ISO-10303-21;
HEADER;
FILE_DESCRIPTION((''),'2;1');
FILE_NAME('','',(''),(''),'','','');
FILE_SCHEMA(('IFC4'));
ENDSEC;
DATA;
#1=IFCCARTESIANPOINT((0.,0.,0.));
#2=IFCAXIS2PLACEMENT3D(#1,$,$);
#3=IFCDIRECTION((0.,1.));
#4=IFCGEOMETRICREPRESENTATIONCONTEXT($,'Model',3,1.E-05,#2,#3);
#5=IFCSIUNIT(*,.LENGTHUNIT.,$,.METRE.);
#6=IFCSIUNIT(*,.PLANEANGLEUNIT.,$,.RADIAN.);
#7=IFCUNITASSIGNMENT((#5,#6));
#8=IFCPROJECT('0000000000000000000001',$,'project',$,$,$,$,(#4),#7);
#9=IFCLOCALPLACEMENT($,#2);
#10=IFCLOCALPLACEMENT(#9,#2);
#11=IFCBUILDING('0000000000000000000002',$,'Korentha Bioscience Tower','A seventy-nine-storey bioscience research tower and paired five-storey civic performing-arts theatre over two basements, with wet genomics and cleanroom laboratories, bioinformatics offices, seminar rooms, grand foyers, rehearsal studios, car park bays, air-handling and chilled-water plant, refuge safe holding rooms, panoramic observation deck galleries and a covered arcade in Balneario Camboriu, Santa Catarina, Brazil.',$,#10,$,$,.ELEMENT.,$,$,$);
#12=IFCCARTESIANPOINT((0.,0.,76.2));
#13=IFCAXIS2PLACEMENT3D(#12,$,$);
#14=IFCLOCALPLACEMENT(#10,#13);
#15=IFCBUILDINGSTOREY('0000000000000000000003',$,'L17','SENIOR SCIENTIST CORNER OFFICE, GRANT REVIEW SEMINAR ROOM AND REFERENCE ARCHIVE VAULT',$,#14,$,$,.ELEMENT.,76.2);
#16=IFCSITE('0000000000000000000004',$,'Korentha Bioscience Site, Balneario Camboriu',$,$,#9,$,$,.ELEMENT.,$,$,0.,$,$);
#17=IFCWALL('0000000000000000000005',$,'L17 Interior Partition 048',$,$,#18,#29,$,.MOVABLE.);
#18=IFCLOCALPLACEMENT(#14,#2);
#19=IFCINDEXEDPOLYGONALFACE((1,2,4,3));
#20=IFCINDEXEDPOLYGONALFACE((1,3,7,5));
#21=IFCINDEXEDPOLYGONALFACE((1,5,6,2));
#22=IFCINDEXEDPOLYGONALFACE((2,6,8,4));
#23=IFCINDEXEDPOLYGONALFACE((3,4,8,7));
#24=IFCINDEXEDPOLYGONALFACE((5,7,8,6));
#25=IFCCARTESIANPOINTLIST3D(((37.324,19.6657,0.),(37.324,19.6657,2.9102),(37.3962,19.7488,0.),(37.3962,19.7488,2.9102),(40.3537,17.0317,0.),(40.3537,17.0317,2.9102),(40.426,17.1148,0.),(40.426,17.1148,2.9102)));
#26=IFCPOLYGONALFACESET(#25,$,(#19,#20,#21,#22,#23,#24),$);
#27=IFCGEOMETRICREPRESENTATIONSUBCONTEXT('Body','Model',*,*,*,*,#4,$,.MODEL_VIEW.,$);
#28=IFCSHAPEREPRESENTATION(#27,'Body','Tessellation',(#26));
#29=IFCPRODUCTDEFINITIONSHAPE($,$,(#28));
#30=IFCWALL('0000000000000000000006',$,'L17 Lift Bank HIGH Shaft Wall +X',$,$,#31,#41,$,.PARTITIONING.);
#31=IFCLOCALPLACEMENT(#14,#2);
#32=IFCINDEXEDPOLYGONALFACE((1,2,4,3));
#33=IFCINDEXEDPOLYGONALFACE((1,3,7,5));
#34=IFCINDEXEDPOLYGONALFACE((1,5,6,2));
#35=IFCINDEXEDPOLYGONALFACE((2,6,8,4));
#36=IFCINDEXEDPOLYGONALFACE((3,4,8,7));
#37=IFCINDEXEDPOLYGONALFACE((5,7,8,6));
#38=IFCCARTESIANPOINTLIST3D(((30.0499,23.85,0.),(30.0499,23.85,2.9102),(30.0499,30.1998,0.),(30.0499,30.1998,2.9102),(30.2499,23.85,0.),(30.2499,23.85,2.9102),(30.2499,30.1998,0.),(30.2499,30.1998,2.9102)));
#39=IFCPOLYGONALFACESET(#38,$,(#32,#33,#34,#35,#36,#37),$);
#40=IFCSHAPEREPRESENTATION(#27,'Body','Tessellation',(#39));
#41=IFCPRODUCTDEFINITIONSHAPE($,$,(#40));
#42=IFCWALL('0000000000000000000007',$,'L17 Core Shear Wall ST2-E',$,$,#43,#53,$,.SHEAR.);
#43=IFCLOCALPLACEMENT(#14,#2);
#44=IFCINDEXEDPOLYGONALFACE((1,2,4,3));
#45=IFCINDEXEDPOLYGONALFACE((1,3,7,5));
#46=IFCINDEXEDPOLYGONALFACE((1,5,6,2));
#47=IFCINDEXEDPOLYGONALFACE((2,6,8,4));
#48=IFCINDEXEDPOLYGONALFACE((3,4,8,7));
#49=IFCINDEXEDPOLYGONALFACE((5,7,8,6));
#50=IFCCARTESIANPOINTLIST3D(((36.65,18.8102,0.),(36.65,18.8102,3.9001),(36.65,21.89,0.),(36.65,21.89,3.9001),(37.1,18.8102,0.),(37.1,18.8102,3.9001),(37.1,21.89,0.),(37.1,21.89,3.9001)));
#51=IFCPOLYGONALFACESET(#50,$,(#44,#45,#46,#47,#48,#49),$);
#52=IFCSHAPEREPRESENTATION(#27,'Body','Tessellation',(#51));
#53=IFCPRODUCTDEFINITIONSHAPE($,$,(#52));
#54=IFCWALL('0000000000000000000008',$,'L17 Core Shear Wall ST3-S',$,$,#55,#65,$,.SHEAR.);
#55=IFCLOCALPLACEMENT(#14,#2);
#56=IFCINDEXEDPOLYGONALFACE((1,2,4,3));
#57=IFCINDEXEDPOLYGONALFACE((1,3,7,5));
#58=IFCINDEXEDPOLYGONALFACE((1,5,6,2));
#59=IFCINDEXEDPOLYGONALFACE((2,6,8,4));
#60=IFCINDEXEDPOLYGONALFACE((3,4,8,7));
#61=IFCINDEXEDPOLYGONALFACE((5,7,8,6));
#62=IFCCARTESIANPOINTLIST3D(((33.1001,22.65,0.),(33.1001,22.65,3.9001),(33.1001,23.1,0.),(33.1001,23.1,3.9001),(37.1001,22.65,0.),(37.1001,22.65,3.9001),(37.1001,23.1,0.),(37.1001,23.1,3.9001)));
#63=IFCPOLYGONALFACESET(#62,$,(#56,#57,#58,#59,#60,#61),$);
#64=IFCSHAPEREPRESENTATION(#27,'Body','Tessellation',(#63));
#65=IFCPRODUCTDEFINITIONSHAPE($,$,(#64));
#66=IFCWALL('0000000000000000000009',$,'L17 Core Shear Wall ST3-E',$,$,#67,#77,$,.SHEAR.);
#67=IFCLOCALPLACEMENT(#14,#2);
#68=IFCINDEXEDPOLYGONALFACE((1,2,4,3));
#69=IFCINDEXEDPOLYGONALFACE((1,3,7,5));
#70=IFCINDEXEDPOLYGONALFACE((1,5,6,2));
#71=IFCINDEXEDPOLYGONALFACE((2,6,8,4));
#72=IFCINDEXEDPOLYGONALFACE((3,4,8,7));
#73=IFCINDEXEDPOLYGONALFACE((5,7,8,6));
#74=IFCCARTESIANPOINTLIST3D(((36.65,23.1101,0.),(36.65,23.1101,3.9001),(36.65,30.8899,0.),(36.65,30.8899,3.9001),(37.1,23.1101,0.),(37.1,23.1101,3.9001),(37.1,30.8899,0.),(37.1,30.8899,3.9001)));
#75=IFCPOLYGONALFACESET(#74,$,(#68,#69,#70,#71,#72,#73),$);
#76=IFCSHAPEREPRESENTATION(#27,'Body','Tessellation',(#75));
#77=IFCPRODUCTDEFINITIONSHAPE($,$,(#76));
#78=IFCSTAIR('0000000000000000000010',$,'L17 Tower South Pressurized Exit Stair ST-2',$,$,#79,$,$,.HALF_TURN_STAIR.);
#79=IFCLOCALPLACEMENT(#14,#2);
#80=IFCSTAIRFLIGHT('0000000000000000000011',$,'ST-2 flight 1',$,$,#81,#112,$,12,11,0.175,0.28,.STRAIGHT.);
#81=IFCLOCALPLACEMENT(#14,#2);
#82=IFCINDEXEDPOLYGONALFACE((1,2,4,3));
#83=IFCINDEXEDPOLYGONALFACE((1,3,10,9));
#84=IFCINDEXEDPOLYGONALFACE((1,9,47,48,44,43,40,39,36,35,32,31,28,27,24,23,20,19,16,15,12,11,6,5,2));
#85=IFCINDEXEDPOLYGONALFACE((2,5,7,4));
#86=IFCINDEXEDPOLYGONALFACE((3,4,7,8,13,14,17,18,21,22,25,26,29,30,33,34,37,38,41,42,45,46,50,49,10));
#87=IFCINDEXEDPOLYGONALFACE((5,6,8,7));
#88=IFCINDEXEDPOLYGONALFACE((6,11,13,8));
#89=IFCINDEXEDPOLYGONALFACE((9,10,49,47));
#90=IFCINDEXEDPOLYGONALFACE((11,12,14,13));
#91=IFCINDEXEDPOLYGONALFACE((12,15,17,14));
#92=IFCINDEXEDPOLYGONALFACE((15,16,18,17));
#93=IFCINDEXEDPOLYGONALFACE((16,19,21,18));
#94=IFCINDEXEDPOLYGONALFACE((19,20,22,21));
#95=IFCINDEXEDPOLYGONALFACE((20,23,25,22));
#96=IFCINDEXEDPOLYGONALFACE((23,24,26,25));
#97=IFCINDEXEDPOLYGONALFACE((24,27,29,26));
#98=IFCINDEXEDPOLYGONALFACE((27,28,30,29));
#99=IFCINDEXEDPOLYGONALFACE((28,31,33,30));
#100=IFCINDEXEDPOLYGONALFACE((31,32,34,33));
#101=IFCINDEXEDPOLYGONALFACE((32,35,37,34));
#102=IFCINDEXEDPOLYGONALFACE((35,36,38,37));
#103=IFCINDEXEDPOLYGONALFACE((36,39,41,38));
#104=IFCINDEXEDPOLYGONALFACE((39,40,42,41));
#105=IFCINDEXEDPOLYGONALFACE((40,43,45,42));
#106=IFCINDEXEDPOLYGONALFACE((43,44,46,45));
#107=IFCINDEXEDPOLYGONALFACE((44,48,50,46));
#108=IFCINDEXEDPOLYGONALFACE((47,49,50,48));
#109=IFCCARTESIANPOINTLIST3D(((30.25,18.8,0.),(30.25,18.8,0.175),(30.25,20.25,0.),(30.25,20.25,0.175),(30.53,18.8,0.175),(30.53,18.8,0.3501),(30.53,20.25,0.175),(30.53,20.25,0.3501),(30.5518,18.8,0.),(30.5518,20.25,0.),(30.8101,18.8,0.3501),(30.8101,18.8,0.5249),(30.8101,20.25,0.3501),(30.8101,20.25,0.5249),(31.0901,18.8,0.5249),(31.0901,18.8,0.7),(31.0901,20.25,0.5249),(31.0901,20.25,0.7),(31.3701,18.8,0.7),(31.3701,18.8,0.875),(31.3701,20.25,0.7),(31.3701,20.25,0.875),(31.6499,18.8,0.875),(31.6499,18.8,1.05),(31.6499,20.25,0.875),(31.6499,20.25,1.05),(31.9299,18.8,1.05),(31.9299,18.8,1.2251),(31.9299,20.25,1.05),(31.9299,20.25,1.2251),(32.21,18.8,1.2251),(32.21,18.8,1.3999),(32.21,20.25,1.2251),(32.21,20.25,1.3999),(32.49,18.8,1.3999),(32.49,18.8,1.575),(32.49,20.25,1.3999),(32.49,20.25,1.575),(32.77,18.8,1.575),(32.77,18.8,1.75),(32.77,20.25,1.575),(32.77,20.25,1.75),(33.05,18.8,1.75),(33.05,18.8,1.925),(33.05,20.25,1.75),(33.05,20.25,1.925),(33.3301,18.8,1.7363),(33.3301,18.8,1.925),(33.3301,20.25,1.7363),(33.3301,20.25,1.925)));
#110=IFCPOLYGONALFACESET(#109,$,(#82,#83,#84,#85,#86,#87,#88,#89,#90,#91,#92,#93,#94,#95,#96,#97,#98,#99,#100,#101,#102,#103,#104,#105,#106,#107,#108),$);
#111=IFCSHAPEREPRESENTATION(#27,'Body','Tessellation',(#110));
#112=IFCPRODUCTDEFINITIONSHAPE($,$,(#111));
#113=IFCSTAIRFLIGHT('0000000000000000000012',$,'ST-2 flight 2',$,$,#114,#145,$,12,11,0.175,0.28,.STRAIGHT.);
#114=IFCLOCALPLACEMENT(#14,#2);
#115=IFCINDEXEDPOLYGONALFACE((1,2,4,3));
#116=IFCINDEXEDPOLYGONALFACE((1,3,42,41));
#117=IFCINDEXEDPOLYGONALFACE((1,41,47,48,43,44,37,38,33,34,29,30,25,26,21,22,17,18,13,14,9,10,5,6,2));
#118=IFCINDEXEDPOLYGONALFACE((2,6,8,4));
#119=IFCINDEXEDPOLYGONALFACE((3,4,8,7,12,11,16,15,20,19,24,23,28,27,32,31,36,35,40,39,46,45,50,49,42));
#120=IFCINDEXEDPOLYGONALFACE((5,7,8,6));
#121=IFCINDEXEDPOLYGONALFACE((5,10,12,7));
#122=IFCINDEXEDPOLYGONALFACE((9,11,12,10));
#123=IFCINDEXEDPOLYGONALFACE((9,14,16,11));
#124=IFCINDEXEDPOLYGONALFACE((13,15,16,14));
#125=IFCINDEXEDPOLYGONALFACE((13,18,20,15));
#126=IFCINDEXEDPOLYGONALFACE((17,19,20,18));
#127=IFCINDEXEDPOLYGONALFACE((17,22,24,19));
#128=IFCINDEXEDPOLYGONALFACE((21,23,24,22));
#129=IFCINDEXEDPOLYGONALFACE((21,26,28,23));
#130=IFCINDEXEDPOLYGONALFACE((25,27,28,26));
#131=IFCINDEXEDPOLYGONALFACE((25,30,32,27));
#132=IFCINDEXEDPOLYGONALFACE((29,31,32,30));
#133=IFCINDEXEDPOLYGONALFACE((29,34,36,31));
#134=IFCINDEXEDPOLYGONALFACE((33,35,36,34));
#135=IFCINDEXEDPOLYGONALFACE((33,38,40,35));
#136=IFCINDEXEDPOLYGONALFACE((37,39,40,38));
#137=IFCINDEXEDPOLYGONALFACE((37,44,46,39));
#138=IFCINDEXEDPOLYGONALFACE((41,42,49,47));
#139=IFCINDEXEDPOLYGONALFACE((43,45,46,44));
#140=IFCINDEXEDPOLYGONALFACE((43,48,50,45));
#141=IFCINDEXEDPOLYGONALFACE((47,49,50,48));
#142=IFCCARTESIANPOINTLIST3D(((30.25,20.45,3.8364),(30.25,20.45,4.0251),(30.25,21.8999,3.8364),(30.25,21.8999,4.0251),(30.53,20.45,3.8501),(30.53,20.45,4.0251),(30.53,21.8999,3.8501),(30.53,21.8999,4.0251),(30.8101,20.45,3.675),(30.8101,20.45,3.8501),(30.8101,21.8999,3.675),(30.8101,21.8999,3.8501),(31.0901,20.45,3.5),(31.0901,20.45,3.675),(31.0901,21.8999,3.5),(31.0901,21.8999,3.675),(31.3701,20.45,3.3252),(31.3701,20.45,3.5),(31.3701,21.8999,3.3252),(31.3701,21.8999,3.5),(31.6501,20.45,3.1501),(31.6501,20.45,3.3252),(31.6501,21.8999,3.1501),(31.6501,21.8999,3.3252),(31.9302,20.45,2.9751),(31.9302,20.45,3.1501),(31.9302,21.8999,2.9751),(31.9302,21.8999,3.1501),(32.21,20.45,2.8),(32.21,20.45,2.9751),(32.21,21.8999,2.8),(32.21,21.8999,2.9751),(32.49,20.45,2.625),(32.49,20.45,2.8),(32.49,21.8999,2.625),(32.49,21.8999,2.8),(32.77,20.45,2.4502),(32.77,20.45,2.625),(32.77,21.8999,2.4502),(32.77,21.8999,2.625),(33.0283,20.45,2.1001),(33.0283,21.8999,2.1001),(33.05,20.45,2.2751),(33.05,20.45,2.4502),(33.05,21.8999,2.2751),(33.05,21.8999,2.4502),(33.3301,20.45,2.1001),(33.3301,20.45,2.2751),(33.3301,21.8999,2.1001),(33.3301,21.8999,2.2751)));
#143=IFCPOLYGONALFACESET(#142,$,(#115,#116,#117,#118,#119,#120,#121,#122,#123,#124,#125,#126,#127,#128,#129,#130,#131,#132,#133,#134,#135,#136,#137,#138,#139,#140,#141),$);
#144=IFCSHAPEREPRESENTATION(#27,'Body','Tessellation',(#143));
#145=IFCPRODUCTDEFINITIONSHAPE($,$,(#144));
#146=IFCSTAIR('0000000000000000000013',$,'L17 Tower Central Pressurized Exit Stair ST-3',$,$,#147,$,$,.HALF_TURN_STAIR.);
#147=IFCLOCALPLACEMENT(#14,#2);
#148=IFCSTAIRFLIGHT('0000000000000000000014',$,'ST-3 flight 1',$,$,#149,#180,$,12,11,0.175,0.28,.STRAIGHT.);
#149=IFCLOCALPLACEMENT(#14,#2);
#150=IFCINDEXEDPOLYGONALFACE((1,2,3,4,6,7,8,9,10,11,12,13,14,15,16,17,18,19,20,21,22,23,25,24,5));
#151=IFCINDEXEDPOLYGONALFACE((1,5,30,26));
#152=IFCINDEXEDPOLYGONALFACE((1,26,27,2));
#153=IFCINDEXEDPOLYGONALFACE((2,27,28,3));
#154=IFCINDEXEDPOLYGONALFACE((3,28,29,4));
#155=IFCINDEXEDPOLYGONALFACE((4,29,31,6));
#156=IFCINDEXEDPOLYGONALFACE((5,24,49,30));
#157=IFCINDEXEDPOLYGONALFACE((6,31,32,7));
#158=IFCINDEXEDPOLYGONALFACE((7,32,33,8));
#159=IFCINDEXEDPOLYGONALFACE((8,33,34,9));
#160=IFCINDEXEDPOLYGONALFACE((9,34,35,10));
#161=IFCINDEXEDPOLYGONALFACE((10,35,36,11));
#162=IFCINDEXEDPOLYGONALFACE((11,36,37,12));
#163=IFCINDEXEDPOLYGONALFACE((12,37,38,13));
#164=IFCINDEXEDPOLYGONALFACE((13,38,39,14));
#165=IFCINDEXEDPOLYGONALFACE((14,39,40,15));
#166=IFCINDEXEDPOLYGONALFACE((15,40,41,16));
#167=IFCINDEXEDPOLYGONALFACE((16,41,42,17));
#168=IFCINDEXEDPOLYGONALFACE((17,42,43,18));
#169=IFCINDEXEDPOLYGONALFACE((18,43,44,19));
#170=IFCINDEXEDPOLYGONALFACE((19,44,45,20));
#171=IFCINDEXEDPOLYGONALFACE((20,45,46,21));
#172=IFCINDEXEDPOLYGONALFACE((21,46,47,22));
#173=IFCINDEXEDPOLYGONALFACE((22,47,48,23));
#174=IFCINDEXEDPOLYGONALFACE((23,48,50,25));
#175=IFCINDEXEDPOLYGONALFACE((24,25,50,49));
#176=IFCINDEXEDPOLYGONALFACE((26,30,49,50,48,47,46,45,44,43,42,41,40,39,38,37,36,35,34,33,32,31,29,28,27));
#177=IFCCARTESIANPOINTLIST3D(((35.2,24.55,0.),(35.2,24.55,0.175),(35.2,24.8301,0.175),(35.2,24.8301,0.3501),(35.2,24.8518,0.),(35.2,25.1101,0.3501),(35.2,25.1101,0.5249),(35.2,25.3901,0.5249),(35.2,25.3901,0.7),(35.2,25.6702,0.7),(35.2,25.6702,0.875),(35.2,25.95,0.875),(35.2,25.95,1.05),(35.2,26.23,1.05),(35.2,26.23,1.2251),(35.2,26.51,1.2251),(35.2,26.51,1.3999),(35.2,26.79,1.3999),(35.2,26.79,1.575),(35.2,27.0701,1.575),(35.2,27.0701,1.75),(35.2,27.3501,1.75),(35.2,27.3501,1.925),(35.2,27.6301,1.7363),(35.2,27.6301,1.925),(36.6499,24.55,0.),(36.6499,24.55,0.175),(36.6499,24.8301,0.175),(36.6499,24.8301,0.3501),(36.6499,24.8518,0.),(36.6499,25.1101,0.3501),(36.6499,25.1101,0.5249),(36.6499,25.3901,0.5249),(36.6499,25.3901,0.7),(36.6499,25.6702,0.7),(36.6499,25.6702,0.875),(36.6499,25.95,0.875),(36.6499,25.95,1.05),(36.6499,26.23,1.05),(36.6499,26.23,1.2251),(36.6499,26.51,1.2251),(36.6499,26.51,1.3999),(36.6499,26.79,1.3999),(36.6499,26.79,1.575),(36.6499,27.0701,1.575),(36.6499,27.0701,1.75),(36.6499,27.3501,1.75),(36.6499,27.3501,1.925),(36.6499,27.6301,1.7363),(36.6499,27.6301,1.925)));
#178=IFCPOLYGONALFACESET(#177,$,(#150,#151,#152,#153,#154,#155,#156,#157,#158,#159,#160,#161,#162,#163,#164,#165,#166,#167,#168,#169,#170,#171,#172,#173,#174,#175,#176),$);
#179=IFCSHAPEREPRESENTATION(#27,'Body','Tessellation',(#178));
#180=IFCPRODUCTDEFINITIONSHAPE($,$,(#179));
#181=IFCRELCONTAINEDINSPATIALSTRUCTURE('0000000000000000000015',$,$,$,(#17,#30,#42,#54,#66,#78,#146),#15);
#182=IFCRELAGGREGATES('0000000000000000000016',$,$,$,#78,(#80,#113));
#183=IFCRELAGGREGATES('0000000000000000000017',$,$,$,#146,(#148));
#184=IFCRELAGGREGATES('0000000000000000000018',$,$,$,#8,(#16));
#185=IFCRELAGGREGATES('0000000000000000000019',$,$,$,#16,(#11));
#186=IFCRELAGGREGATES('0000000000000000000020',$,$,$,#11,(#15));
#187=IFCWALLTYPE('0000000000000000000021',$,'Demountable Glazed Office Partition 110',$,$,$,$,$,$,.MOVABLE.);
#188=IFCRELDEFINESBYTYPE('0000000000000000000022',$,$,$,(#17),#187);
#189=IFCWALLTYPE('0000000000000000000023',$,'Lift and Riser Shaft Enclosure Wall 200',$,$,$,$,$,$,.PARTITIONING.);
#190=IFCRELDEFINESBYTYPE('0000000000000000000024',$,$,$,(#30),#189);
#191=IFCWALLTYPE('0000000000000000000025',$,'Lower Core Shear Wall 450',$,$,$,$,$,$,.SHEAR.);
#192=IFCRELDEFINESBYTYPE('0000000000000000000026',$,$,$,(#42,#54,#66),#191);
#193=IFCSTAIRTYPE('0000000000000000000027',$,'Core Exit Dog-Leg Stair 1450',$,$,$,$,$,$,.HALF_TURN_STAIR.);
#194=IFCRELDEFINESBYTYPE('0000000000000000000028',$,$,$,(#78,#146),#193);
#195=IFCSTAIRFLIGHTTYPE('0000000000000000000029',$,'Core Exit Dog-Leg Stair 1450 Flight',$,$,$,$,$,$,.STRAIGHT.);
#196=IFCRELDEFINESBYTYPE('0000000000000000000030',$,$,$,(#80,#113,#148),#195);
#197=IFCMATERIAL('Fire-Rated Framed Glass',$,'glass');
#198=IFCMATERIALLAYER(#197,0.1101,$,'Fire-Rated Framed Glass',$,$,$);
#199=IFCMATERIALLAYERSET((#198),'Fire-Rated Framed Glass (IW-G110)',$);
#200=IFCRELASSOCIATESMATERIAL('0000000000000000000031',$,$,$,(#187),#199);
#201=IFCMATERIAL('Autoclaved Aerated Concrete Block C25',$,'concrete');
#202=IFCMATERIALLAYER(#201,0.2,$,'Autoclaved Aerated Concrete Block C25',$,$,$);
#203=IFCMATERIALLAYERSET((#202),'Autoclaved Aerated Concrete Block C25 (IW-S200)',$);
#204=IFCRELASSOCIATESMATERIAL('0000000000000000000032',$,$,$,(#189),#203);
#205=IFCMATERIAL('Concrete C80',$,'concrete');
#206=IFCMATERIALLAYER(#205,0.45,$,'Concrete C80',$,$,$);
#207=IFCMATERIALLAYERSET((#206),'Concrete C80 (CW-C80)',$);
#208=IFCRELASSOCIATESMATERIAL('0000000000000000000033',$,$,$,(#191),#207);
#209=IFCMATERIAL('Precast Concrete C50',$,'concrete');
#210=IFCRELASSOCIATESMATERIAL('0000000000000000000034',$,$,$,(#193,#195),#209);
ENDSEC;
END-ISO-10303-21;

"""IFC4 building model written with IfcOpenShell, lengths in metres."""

from ifc_helpers import new_model, si_unit, direction, frame, frame_2d, origin, place, context, subcontext, project, spatial, polyline, rectangle, outline, extrude, material, layer, layer_set, type_object, element, aggregate, save


model = new_model("IFC4")

# Units and contexts
model_context = context("Model", 3, precision=1e-05, world=origin(), true_north=direction((0.0, 1.0)))
body_context = subcontext(model_context, "Body", "Model", "MODEL_VIEW")
ifc_project = project(units=[si_unit("LENGTHUNIT", "METRE"), si_unit("PLANEANGLEUNIT", "RADIAN")], contexts=[model_context])

# Site, building, storey
site_placement = place(None, origin())
site = spatial("IfcSite", under=ifc_project, at=site_placement, Name="Korentha Bioscience Site, Balneario Camboriu", CompositionType="ELEMENT", RefElevation=0.0)
building_placement = place(site_placement, origin())
building = spatial("IfcBuilding", under=site, at=building_placement, Name="Korentha Bioscience Tower", Description="A seventy-nine-storey bioscience research tower and paired five-storey civic performing-arts theatre over two basements, with wet genomics and cleanroom laboratories, bioinformatics offices, seminar rooms, grand foyers, rehearsal studios, car park bays, air-handling and chilled-water plant, refuge safe holding rooms, panoramic observation deck galleries and a covered arcade in Balneario Camboriu, Santa Catarina, Brazil.", CompositionType="ELEMENT")
storey_placement = place(building_placement, frame((0.0, 0.0, 76.2)))
storey = spatial("IfcBuildingStorey", under=building, at=storey_placement, Name="L17", Description="SENIOR SCIENTIST CORNER OFFICE, GRANT REVIEW SEMINAR ROOM AND REFERENCE ARCHIVE VAULT", CompositionType="ELEMENT", Elevation=76.2)

# Walls
ifc_material_1 = material(Name="Fire-Rated Framed Glass", Category="glass")
ifc_layer_1 = layer(ifc_material_1, 0.1101, Name="Fire-Rated Framed Glass")
ifc_layer_set_1 = layer_set([ifc_layer_1], Name="Fire-Rated Framed Glass (IW-G110)")
wall_type_1 = type_object("IfcWallType", Name="Demountable Glazed Office Partition 110", PredefinedType="MOVABLE", material=ifc_layer_set_1)
wall_1_placement = place(storey_placement, frame((37.3601, 19.7073, 0.0), z_axis=(0.0, 0.0, 1.0), x_axis=(0.754675, -0.656099, 0.0)))
element("IfcWall", 1, at=wall_1_placement, inside=storey, type_object=wall_type_1, Name="L17 Interior Partition 048", PredefinedType="MOVABLE", context=body_context, shape_type="SweptSolid", body=[
    extrude(rectangle(XDim=4.0146, YDim=0.1101, at=frame_2d((2.0073, 0.0))), origin(), (0.0, 0.0, 1.0), 2.9102),
])
ifc_material_2 = material(Name="Autoclaved Aerated Concrete Block C25", Category="concrete")
ifc_layer_2 = layer(ifc_material_2, 0.2, Name="Autoclaved Aerated Concrete Block C25")
ifc_layer_set_2 = layer_set([ifc_layer_2], Name="Autoclaved Aerated Concrete Block C25 (IW-S200)")
wall_type_2 = type_object("IfcWallType", Name="Lift and Riser Shaft Enclosure Wall 200", PredefinedType="PARTITIONING", material=ifc_layer_set_2)
wall_2_placement = place(storey_placement, frame((30.1499, 23.8501, 0.0), z_axis=(0.0, 0.0, 1.0), x_axis=(0.0, 1.0, 0.0)))
element("IfcWall", 2, at=wall_2_placement, inside=storey, type_object=wall_type_2, Name="L17 Lift Bank HIGH Shaft Wall +X", PredefinedType="PARTITIONING", context=body_context, shape_type="SweptSolid", body=[
    extrude(rectangle(XDim=6.3499, YDim=0.2, at=frame_2d((3.1748, 0.0))), origin(), (0.0, 0.0, 1.0), 2.9102),
])
ifc_material_3 = material(Name="Concrete C80", Category="concrete")
ifc_layer_3 = layer(ifc_material_3, 0.45, Name="Concrete C80")
ifc_layer_set_3 = layer_set([ifc_layer_3], Name="Concrete C80 (CW-C80)")
wall_type_3 = type_object("IfcWallType", Name="Lower Core Shear Wall 450", PredefinedType="SHEAR", material=ifc_layer_set_3)
wall_3_placement = place(storey_placement, frame((36.875, 18.8101, 0.0), z_axis=(0.0, 0.0, 1.0), x_axis=(0.0, 1.0, 0.0)))
element("IfcWall", 3, at=wall_3_placement, inside=storey, type_object=wall_type_3, Name="L17 Core Shear Wall ST2-E", PredefinedType="SHEAR", context=body_context, shape_type="SweptSolid", body=[
    extrude(rectangle(XDim=3.0798, YDim=0.45, at=frame_2d((1.54, 0.0))), origin(), (0.0, 0.0, 1.0), 3.9001),
])
wall_4_placement = place(storey_placement, frame((33.1001, 22.875, 0.0), z_axis=(0.0, 0.0, 1.0), x_axis=(1.0, 0.0, 0.0)))
element("IfcWall", 4, at=wall_4_placement, inside=storey, type_object=wall_type_3, Name="L17 Core Shear Wall ST3-S", PredefinedType="SHEAR", context=body_context, shape_type="SweptSolid", body=[
    extrude(rectangle(XDim=4.0, YDim=0.45, at=frame_2d((2.0, 0.0))), origin(), (0.0, 0.0, 1.0), 3.9001),
])
wall_5_placement = place(storey_placement, frame((36.875, 23.1101, 0.0), z_axis=(0.0, 0.0, 1.0), x_axis=(0.0, 1.0, 0.0)))
element("IfcWall", 5, at=wall_5_placement, inside=storey, type_object=wall_type_3, Name="L17 Core Shear Wall ST3-E", PredefinedType="SHEAR", context=body_context, shape_type="SweptSolid", body=[
    extrude(rectangle(XDim=7.7798, YDim=0.45, at=frame_2d((3.8899, 0.0))), origin(), (0.0, 0.0, 1.0), 3.9001),
])

# Stair, stair flights
ifc_material_4 = material(Name="Precast Concrete C50", Category="concrete")
stair_type = type_object("IfcStairType", Name="Core Exit Dog-Leg Stair 1450", PredefinedType="HALF_TURN_STAIR", material=ifc_material_4)
stair_1_placement = place(storey_placement, origin())
stair_1 = element("IfcStair", 6, at=stair_1_placement, inside=storey, type_object=stair_type, Name="L17 Tower South Pressurized Exit Stair ST-2", PredefinedType="HALF_TURN_STAIR")
stair_flight_type = type_object("IfcStairFlightType", Name="Core Exit Dog-Leg Stair 1450 Flight", PredefinedType="STRAIGHT", material=ifc_material_4)
stair_flight_1_placement = place(storey_placement, frame((30.25, 19.5249, 0.0), z_axis=(0.0, 0.0, 1.0), x_axis=(1.0, 0.0, 0.0)))
stair_flight_1 = element("IfcStairFlight", 7, at=stair_flight_1_placement, type_object=stair_flight_type, Name="ST-2 flight 1", NumberOfRisers=12, NumberOfTreads=11, PredefinedType="STRAIGHT", RiserHeight=0.175, TreadLength=0.28, context=body_context, shape_type="SweptSolid", body=[
    extrude(outline(polyline([(0.0, 0.0), (0.0, 0.175), (0.28, 0.175), (0.28, 0.3501), (0.5601, 0.3501), (0.5601, 0.5249), (0.8401, 0.5249), (0.8401, 0.7), (1.1201, 0.7), (1.1201, 0.875), (1.3999, 0.875), (1.3999, 1.05), (1.6799, 1.05), (1.6799, 1.2251), (1.96, 1.2251), (1.96, 1.3999), (2.24, 1.3999), (2.24, 1.575), (2.52, 1.575), (2.52, 1.75), (2.8, 1.75), (2.8, 1.925), (3.0801, 1.925), (3.0801, 2.1001), (3.0801, 1.7363), (0.3018, 0.0), (0.0, 0.0)])), frame((0.0, 0.7251, 0.0), z_axis=(0.0, -1.0, 0.0), x_axis=(1.0, 0.0, 0.0)), (0.0, 0.0, 1.0), 1.45),
])
stair_flight_2_placement = place(storey_placement, frame((33.3301, 21.175, 2.1001), z_axis=(0.0, 0.0, 1.0), x_axis=(-1.0, 0.0, 0.0)))
stair_flight_2 = element("IfcStairFlight", 8, at=stair_flight_2_placement, type_object=stair_flight_type, Name="ST-2 flight 2", NumberOfRisers=12, NumberOfTreads=11, PredefinedType="STRAIGHT", RiserHeight=0.175, TreadLength=0.28, context=body_context, shape_type="SweptSolid", body=[
    extrude(outline(polyline([(0.0, 0.0), (0.0, 0.175), (0.28, 0.175), (0.28, 0.3501), (0.5601, 0.3501), (0.5601, 0.5249), (0.8401, 0.5249), (0.8401, 0.7), (1.1201, 0.7), (1.1201, 0.875), (1.3999, 0.875), (1.3999, 1.05), (1.6799, 1.05), (1.6799, 1.2251), (1.96, 1.2251), (1.96, 1.3999), (2.24, 1.3999), (2.24, 1.575), (2.52, 1.575), (2.52, 1.75), (2.8, 1.75), (2.8, 1.925), (3.0801, 1.925), (3.0801, 2.1001), (3.0801, 1.7363), (0.3018, 0.0), (0.0, 0.0)])), frame((0.0, 0.7251, 0.0), z_axis=(0.0, -1.0, 0.0), x_axis=(1.0, 0.0, 0.0)), (0.0, 0.0, 1.0), 1.45),
])
aggregate(stair_1, [stair_flight_1, stair_flight_2])

# Stair, stair flight
stair_2_placement = place(storey_placement, origin())
stair_2 = element("IfcStair", 9, at=stair_2_placement, inside=storey, type_object=stair_type, Name="L17 Tower Central Pressurized Exit Stair ST-3", PredefinedType="HALF_TURN_STAIR")
stair_flight_3_placement = place(storey_placement, frame((35.925, 24.55, 0.0), z_axis=(0.0, 0.0, 1.0), x_axis=(0.0, 1.0, 0.0)))
stair_flight_3 = element("IfcStairFlight", 10, at=stair_flight_3_placement, type_object=stair_flight_type, Name="ST-3 flight 1", NumberOfRisers=12, NumberOfTreads=11, PredefinedType="STRAIGHT", RiserHeight=0.175, TreadLength=0.28, context=body_context, shape_type="SweptSolid", body=[
    extrude(outline(polyline([(0.0, 0.0), (0.0, 0.175), (0.28, 0.175), (0.28, 0.3501), (0.5601, 0.3501), (0.5601, 0.5249), (0.8401, 0.5249), (0.8401, 0.7), (1.1201, 0.7), (1.1201, 0.875), (1.3999, 0.875), (1.3999, 1.05), (1.6799, 1.05), (1.6799, 1.2251), (1.96, 1.2251), (1.96, 1.3999), (2.24, 1.3999), (2.24, 1.575), (2.52, 1.575), (2.52, 1.75), (2.8, 1.75), (2.8, 1.925), (3.0801, 1.925), (3.0801, 2.1001), (3.0801, 1.7363), (0.3018, 0.0), (0.0, 0.0)])), frame((0.0, 0.7251, 0.0), z_axis=(0.0, -1.0, 0.0), x_axis=(1.0, 0.0, 0.0)), (0.0, 0.0, 1.0), 1.45),
])
aggregate(stair_2, [stair_flight_3])

save(model, "model.ifc")
